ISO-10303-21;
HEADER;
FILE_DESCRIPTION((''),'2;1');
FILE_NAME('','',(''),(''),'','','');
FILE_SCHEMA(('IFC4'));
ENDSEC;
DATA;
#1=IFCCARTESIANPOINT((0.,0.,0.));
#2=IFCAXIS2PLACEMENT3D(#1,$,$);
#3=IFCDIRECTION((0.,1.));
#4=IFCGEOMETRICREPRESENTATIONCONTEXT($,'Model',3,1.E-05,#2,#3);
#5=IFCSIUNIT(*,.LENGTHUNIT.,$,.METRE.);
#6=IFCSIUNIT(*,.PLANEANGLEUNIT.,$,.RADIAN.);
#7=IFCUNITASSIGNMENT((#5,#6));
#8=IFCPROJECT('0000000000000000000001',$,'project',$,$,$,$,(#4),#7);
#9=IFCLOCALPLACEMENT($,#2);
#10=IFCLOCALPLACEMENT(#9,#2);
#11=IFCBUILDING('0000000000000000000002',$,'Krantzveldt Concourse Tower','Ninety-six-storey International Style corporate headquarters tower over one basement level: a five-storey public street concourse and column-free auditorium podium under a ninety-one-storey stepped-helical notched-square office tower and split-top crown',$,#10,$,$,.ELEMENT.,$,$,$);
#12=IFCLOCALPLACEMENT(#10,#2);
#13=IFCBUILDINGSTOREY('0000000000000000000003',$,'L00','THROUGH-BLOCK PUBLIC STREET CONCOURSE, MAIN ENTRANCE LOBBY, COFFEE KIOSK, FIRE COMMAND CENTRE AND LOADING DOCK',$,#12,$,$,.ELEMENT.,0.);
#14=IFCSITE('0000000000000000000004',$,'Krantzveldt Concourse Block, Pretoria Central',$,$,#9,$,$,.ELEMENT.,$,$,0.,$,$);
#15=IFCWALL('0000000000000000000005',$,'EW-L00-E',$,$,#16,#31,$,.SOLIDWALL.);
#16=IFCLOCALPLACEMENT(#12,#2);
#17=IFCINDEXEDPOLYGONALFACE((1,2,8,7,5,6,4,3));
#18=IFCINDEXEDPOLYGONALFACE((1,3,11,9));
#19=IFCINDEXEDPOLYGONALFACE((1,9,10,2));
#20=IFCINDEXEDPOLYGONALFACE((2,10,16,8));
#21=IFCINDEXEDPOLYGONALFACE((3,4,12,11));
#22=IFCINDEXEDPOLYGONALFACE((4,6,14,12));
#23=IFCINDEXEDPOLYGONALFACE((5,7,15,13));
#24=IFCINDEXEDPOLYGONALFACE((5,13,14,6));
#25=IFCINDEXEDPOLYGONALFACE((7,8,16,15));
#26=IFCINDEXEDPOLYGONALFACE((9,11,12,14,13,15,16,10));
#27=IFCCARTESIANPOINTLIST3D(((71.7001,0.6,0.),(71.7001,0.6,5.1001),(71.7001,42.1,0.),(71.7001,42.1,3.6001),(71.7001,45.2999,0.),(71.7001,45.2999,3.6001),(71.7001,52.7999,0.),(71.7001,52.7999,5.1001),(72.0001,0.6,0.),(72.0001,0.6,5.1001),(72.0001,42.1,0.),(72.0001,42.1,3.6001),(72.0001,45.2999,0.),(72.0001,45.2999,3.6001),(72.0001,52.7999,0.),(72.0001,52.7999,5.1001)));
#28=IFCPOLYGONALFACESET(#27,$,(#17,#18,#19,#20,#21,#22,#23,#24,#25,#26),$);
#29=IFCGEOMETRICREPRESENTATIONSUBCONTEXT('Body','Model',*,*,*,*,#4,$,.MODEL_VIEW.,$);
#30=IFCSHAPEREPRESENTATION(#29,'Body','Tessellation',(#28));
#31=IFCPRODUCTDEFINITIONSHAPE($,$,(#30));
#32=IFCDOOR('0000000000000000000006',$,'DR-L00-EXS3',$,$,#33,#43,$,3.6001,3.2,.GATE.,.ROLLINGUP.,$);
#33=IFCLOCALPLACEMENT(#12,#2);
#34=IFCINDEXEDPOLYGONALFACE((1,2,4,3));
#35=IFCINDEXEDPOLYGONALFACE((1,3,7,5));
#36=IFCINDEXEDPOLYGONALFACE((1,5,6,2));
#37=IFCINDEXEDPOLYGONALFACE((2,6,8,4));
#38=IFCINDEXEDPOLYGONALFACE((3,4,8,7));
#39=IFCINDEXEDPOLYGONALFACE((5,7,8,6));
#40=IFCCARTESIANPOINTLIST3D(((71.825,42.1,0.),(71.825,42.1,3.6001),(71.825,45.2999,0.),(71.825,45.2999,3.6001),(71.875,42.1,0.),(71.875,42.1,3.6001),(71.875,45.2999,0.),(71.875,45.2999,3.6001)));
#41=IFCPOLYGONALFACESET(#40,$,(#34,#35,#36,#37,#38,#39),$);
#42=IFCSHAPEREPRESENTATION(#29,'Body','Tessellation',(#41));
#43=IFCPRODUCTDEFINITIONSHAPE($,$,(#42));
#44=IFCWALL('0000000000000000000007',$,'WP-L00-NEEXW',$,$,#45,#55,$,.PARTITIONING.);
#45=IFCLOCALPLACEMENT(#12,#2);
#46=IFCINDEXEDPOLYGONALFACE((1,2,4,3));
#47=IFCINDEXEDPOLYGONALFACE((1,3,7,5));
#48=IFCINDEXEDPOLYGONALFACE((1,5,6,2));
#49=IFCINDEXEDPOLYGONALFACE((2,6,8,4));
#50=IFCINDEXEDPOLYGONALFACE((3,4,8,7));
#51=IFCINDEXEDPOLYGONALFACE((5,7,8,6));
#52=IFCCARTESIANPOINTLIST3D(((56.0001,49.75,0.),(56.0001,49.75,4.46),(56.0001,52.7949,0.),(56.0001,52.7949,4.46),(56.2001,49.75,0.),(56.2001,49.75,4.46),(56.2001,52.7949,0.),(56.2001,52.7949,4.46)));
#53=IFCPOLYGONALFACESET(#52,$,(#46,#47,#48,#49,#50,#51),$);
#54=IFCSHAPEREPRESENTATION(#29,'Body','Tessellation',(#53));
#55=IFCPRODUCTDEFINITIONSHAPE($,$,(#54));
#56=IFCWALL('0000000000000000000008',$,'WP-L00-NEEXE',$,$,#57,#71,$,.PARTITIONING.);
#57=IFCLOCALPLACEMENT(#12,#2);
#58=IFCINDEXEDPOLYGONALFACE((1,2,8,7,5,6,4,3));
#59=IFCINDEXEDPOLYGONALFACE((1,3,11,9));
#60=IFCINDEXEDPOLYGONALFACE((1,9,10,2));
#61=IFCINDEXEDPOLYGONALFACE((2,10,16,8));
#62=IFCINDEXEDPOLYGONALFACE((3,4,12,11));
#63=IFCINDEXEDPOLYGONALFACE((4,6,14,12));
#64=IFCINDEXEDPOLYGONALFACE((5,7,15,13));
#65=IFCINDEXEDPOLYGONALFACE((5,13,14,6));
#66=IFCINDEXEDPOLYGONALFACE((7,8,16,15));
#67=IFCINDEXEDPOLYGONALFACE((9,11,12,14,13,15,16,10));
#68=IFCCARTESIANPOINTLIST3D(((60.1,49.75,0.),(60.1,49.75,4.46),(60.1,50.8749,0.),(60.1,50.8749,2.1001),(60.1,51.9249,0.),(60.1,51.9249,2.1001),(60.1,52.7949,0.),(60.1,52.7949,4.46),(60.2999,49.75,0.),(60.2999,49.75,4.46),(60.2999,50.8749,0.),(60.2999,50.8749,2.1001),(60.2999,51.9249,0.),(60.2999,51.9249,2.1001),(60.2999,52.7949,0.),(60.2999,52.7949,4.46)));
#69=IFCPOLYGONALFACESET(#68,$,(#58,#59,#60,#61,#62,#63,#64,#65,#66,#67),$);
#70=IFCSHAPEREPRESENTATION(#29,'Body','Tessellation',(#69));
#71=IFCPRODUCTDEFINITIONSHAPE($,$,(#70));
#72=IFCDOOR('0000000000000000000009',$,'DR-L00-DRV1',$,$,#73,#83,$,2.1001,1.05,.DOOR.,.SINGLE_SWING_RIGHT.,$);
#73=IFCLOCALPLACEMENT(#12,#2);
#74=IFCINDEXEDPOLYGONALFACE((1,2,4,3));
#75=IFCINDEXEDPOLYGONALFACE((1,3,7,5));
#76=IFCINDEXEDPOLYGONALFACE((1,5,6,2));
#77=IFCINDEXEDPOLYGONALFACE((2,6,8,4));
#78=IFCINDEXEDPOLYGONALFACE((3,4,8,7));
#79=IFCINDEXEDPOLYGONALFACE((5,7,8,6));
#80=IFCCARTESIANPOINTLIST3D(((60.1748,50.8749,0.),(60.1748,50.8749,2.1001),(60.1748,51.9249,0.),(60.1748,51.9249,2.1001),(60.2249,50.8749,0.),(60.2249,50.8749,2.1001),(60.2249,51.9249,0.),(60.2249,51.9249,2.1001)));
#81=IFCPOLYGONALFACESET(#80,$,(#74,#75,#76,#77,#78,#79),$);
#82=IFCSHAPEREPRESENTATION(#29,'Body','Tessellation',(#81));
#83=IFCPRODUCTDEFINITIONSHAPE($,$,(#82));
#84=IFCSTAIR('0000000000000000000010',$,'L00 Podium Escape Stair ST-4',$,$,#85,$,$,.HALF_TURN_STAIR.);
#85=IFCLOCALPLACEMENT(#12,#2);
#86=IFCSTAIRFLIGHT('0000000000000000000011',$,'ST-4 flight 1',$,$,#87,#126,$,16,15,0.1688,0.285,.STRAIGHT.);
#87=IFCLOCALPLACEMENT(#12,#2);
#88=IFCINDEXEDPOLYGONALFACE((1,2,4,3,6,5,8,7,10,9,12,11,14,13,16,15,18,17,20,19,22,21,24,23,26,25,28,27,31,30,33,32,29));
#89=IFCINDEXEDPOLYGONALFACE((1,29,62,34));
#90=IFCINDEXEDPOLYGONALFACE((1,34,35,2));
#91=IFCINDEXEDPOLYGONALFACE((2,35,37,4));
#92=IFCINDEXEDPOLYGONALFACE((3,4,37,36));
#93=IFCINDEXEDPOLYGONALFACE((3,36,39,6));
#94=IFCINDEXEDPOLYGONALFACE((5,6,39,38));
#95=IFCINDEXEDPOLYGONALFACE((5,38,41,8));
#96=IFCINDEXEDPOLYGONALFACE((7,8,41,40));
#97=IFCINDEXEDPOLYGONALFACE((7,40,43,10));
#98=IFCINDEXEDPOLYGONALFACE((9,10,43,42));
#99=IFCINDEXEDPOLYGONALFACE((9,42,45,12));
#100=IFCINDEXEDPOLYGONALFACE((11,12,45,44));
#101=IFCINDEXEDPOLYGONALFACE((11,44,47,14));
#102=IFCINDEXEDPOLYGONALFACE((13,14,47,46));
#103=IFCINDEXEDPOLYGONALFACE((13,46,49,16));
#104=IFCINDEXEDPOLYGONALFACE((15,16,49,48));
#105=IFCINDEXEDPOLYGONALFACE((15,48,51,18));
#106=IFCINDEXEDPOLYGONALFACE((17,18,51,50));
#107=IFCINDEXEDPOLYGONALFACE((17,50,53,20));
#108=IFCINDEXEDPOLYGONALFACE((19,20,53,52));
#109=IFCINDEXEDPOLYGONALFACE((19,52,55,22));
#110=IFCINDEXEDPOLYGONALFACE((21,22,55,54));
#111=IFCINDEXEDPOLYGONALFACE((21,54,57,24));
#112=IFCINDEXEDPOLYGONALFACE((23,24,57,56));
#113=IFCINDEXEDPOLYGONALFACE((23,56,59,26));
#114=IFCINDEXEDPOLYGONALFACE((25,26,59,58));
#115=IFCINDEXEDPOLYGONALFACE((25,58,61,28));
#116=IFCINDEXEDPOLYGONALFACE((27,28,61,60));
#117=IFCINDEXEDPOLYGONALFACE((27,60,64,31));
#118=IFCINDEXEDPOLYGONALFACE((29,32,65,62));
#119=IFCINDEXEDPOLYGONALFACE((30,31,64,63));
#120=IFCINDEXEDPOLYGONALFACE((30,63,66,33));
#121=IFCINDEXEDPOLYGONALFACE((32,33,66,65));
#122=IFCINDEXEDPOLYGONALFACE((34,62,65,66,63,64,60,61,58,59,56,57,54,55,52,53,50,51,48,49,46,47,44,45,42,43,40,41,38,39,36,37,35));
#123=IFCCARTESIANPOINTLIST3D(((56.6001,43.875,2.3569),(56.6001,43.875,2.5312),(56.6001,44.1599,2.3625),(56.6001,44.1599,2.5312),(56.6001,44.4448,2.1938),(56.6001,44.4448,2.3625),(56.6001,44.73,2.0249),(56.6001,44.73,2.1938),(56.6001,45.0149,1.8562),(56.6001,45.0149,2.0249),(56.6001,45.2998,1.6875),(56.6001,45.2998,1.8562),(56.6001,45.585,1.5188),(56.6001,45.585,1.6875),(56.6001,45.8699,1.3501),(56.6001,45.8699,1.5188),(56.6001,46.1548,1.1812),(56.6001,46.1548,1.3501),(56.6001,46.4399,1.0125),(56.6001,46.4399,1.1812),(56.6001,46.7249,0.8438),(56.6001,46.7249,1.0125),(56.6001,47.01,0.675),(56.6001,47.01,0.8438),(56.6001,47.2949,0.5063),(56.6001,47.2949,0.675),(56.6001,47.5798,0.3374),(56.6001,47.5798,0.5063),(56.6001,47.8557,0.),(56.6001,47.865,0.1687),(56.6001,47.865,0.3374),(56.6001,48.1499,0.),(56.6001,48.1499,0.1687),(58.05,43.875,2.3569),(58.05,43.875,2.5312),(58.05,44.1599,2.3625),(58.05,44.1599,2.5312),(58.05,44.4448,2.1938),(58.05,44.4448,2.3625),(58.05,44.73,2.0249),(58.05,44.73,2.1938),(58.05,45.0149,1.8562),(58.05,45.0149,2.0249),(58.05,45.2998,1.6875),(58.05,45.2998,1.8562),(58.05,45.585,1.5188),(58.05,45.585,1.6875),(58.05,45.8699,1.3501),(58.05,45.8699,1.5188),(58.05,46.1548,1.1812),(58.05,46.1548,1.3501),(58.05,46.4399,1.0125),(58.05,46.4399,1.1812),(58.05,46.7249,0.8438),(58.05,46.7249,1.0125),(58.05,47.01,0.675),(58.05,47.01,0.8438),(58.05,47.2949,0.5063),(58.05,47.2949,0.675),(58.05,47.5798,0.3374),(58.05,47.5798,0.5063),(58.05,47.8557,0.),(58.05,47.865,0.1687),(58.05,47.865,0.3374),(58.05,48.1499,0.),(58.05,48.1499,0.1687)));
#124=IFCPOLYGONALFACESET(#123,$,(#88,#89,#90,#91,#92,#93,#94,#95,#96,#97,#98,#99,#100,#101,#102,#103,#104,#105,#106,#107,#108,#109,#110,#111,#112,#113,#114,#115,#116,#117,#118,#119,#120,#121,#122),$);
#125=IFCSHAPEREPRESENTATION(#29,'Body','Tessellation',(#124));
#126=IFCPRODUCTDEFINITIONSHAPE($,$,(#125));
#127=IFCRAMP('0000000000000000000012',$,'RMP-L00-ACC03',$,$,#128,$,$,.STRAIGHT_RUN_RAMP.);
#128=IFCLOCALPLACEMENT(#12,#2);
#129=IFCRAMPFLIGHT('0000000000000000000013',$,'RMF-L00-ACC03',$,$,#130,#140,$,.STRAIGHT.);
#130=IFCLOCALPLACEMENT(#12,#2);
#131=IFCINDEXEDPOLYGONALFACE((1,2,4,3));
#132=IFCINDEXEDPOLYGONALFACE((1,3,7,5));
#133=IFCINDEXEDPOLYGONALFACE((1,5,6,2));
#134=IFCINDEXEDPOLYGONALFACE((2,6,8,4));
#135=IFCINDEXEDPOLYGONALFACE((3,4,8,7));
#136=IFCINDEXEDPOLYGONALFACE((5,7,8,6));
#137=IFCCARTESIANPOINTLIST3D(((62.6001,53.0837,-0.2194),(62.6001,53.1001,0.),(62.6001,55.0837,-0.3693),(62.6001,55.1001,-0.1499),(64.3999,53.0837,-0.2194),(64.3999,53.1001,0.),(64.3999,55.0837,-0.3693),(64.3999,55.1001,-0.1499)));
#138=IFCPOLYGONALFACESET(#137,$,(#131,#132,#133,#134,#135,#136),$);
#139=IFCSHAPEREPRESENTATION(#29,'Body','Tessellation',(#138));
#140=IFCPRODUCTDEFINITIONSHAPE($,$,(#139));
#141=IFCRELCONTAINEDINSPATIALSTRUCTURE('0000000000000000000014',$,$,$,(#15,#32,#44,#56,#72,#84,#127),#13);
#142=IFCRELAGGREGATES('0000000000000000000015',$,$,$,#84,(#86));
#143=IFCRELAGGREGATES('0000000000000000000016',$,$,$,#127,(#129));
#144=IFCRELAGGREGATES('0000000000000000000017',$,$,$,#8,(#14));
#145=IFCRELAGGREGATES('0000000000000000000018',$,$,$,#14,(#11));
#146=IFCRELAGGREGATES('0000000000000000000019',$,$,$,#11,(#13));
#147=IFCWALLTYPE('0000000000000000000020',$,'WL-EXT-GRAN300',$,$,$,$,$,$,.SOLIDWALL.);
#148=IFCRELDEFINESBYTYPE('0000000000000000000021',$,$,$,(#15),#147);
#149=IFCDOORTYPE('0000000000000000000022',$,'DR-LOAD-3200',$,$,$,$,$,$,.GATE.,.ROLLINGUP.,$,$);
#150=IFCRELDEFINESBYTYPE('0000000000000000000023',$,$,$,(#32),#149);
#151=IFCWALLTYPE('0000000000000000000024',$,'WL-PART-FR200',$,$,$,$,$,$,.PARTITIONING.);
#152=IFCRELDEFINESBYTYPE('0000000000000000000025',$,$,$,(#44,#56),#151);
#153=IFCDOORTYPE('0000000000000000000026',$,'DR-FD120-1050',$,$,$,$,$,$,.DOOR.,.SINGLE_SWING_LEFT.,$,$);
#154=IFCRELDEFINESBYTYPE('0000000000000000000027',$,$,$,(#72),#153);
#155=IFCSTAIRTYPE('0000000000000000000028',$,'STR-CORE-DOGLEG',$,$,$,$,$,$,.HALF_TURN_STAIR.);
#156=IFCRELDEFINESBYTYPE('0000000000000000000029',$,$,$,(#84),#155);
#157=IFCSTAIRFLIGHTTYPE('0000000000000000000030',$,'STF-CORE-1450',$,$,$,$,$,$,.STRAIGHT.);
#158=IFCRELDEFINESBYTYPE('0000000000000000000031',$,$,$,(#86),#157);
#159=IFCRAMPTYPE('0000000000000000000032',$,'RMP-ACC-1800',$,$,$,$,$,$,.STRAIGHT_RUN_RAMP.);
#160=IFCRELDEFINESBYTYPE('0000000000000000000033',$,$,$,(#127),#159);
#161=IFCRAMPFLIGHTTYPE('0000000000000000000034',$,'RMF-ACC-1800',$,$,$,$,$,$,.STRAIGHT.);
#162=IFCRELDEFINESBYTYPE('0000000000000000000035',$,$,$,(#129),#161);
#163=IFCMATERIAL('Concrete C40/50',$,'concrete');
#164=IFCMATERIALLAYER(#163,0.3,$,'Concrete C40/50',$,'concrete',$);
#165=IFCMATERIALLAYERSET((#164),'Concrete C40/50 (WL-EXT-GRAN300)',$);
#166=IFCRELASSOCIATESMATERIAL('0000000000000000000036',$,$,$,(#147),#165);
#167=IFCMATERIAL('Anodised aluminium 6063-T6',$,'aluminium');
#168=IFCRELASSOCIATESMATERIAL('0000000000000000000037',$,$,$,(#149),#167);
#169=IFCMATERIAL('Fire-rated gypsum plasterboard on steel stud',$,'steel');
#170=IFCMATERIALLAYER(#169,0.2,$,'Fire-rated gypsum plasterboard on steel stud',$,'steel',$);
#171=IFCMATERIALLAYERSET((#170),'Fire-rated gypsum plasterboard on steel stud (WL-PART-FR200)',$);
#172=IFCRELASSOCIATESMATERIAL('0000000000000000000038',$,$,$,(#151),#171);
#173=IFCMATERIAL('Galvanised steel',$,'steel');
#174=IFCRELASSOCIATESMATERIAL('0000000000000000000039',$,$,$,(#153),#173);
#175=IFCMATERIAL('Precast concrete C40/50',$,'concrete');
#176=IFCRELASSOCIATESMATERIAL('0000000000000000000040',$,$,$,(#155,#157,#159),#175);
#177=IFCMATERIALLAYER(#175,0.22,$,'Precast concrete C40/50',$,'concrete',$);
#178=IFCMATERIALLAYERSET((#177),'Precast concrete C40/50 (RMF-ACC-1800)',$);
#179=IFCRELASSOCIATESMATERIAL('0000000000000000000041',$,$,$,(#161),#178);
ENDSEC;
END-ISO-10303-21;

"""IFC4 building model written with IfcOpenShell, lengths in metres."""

from ifc_helpers import new_model, si_unit, direction, frame, frame_2d, origin, place, context, subcontext, project, spatial, polyline, rectangle, outline, extrude, material, layer, layer_set, type_object, element, fill, aggregate, save


model = new_model("IFC4")

# Units and contexts
model_context = context("Model", 3, precision=1e-05, world=origin(), true_north=direction((0.0, 1.0)))
body_context = subcontext(model_context, "Body", "Model", "MODEL_VIEW")
ifc_project = project(units=[si_unit("LENGTHUNIT", "METRE"), si_unit("PLANEANGLEUNIT", "RADIAN")], contexts=[model_context])

# Site, building, storey
site_placement = place(None, origin())
site = spatial("IfcSite", under=ifc_project, at=site_placement, Name="Krantzveldt Concourse Block, Pretoria Central", CompositionType="ELEMENT", RefElevation=0.0)
building_placement = place(site_placement, origin())
building = spatial("IfcBuilding", under=site, at=building_placement, Name="Krantzveldt Concourse Tower", Description="Ninety-six-storey International Style corporate headquarters tower over one basement level: a five-storey public street concourse and column-free auditorium podium under a ninety-one-storey stepped-helical notched-square office tower and split-top crown", CompositionType="ELEMENT")
storey_placement = place(building_placement, origin())
storey = spatial("IfcBuildingStorey", under=building, at=storey_placement, Name="L00", Description="THROUGH-BLOCK PUBLIC STREET CONCOURSE, MAIN ENTRANCE LOBBY, COFFEE KIOSK, FIRE COMMAND CENTRE AND LOADING DOCK", CompositionType="ELEMENT", Elevation=0.0)

# Shared definitions
ifc_material_1 = material(Name="Concrete C40/50", Category="concrete")

# Shared definitions
ifc_material_2 = material(Name="Anodised aluminium 6063-T6", Category="aluminium")

# Wall, opening, door
ifc_layer_1 = layer(ifc_material_1, 0.3, Name="Concrete C40/50", Category="concrete")
ifc_layer_set_1 = layer_set([ifc_layer_1], Name="Concrete C40/50 (WL-EXT-GRAN300)")
wall_type_1 = type_object("IfcWallType", Name="WL-EXT-GRAN300", PredefinedType="SOLIDWALL", material=ifc_layer_set_1)
wall_1_placement = place(storey_placement, frame((71.8501, 52.8, 0.0), z_axis=(0.0, 0.0, 1.0), x_axis=(0.0, -1.0, 0.0)))
wall_1 = element("IfcWall", 1, at=wall_1_placement, inside=storey, type_object=wall_type_1, Name="EW-L00-E", PredefinedType="SOLIDWALL", context=body_context, shape_type="SweptSolid", body=[
    extrude(rectangle(XDim=52.2, YDim=0.3, at=frame_2d((26.1001, 0.0))), origin(), (0.0, 0.0, 1.0), 5.1001),
])
opening_1_placement = place(wall_1_placement, frame((7.5, 0.0, 0.0)))
opening_1 = element("IfcOpeningElement", 2, at=opening_1_placement, cuts=wall_1, PredefinedType="OPENING", context=body_context, shape_type="SweptSolid", body=[
    extrude(rectangle(XDim=3.2, YDim=3.6001, at=frame_2d((1.6001, 1.8))), frame((0.0, 0.1602, 0.0), z_axis=(0.0, -1.0, 0.0), x_axis=(1.0, 0.0, 0.0)), (0.0, 0.0, 1.0), 0.3201),
])
door_type_1 = type_object("IfcDoorType", Name="DR-LOAD-3200", OperationType="ROLLINGUP", PredefinedType="GATE", material=ifc_material_2)
door_1_placement = place(opening_1_placement, origin())
door_1 = element("IfcDoor", 3, at=door_1_placement, inside=storey, type_object=door_type_1, Name="DR-L00-EXS3", OperationType="ROLLINGUP", OverallHeight=3.6001, OverallWidth=3.2, PredefinedType="GATE", context=body_context, shape_type="SweptSolid", body=[
    extrude(rectangle(XDim=3.2, YDim=3.6001, at=frame_2d((1.6001, 1.8))), frame((0.0, 0.0249, 0.0), z_axis=(0.0, -1.0, 0.0), x_axis=(1.0, 0.0, 0.0)), (0.0, 0.0, 1.0), 0.05),
])
fill(opening_1, door_1)

# Wall
ifc_material_3 = material(Name="Fire-rated gypsum plasterboard on steel stud", Category="steel")
ifc_layer_2 = layer(ifc_material_3, 0.2, Name="Fire-rated gypsum plasterboard on steel stud", Category="steel")
ifc_layer_set_2 = layer_set([ifc_layer_2], Name="Fire-rated gypsum plasterboard on steel stud (WL-PART-FR200)")
wall_type_2 = type_object("IfcWallType", Name="WL-PART-FR200", PredefinedType="PARTITIONING", material=ifc_layer_set_2)
wall_2_placement = place(storey_placement, frame((56.1001, 49.75, 0.0), z_axis=(0.0, 0.0, 1.0), x_axis=(0.0, 1.0, 0.0)))
element("IfcWall", 4, at=wall_2_placement, inside=storey, type_object=wall_type_2, Name="WP-L00-NEEXW", PredefinedType="PARTITIONING", context=body_context, shape_type="SweptSolid", body=[
    extrude(rectangle(XDim=3.0449, YDim=0.2, at=frame_2d((1.5225, 0.0))), origin(), (0.0, 0.0, 1.0), 4.46),
])

# Wall, opening, door
wall_3_placement = place(storey_placement, frame((60.2, 52.7949, 0.0), z_axis=(0.0, 0.0, 1.0), x_axis=(0.0, -1.0, 0.0)))
wall_3 = element("IfcWall", 5, at=wall_3_placement, inside=storey, type_object=wall_type_2, Name="WP-L00-NEEXE", PredefinedType="PARTITIONING", context=body_context, shape_type="SweptSolid", body=[
    extrude(rectangle(XDim=3.0449, YDim=0.2, at=frame_2d((1.5225, 0.0))), origin(), (0.0, 0.0, 1.0), 4.46),
])
opening_2_placement = place(wall_3_placement, frame((0.8701, 0.0, 0.0)))
opening_2 = element("IfcOpeningElement", 6, at=opening_2_placement, cuts=wall_3, PredefinedType="OPENING", context=body_context, shape_type="SweptSolid", body=[
    extrude(rectangle(XDim=1.05, YDim=2.1001, at=frame_2d((0.5249, 1.05))), frame((0.0, 0.1099, 0.0), z_axis=(0.0, -1.0, 0.0), x_axis=(1.0, 0.0, 0.0)), (0.0, 0.0, 1.0), 0.22),
])
ifc_material_4 = material(Name="Galvanised steel", Category="steel")
door_type_2 = type_object("IfcDoorType", Name="DR-FD120-1050", OperationType="SINGLE_SWING_LEFT", PredefinedType="DOOR", material=ifc_material_4)
door_2_placement = place(opening_2_placement, origin())
door_2 = element("IfcDoor", 7, at=door_2_placement, inside=storey, type_object=door_type_2, Name="DR-L00-DRV1", OperationType="SINGLE_SWING_RIGHT", OverallHeight=2.1001, OverallWidth=1.05, PredefinedType="DOOR", context=body_context, shape_type="SweptSolid", body=[
    extrude(rectangle(XDim=1.05, YDim=2.1001, at=frame_2d((0.5249, 1.05))), frame((0.0, 0.0249, 0.0), z_axis=(0.0, -1.0, 0.0), x_axis=(1.0, 0.0, 0.0)), (0.0, 0.0, 1.0), 0.05),
])
fill(opening_2, door_2)

# Stair, stair flight
ifc_material_5 = material(Name="Precast concrete C40/50", Category="concrete")
stair_type = type_object("IfcStairType", Name="STR-CORE-DOGLEG", PredefinedType="HALF_TURN_STAIR", material=ifc_material_5)
stair_placement = place(storey_placement, origin())
stair = element("IfcStair", 8, at=stair_placement, inside=storey, type_object=stair_type, Name="L00 Podium Escape Stair ST-4", PredefinedType="HALF_TURN_STAIR")
stair_flight_type = type_object("IfcStairFlightType", Name="STF-CORE-1450", PredefinedType="STRAIGHT", material=ifc_material_5)
stair_flight_placement = place(storey_placement, frame((57.325, 48.1499, 0.0), z_axis=(0.0, 0.0, 1.0), x_axis=(0.0, -1.0, 0.0)))
stair_flight = element("IfcStairFlight", 9, at=stair_flight_placement, type_object=stair_flight_type, Name="ST-4 flight 1", NumberOfRisers=16, NumberOfTreads=15, PredefinedType="STRAIGHT", RiserHeight=0.1688, TreadLength=0.285, context=body_context, shape_type="SweptSolid", body=[
    extrude(outline(polyline([(0.0, 0.0), (0.0, 0.1687), (0.2849, 0.1687), (0.2849, 0.3374), (0.5701, 0.3374), (0.5701, 0.5063), (0.855, 0.5063), (0.855, 0.675), (1.1399, 0.675), (1.1399, 0.8438), (1.425, 0.8438), (1.425, 1.0125), (1.71, 1.0125), (1.71, 1.1812), (1.9951, 1.1812), (1.9951, 1.3501), (2.28, 1.3501), (2.28, 1.5188), (2.5649, 1.5188), (2.5649, 1.6875), (2.8501, 1.6875), (2.8501, 1.8562), (3.135, 1.8562), (3.135, 2.0249), (3.4199, 2.0249), (3.4199, 2.1938), (3.7051, 2.1938), (3.7051, 2.3625), (3.99, 2.3625), (3.99, 2.5312), (4.2749, 2.5312), (4.2749, 2.7), (4.2749, 2.3569), (0.2942, 0.0), (0.0, 0.0)])), frame((0.0, 0.7251, 0.0), z_axis=(0.0, -1.0, 0.0), x_axis=(1.0, 0.0, 0.0)), (0.0, 0.0, 1.0), 1.45),
])
aggregate(stair, [stair_flight])

# Ramp, ramp flight
ramp_type = type_object("IfcRampType", Name="RMP-ACC-1800", PredefinedType="STRAIGHT_RUN_RAMP", material=ifc_material_5)
ramp_placement = place(storey_placement, origin())
ramp = element("IfcRamp", 10, at=ramp_placement, inside=storey, type_object=ramp_type, Name="RMP-L00-ACC03", PredefinedType="STRAIGHT_RUN_RAMP")
ifc_layer_3 = layer(ifc_material_5, 0.22, Name="Precast concrete C40/50", Category="concrete")
ifc_layer_set_3 = layer_set([ifc_layer_3], Name="Precast concrete C40/50 (RMF-ACC-1800)")
ramp_flight_type = type_object("IfcRampFlightType", Name="RMF-ACC-1800", PredefinedType="STRAIGHT", material=ifc_layer_set_3)
ramp_flight_placement = place(storey_placement, frame((62.6001, 53.1001, 0.0), z_axis=(0.0, 0.074742, 0.997203), x_axis=(1.0, 0.0, 0.0)))
ramp_flight = element("IfcRampFlight", 11, at=ramp_flight_placement, type_object=ramp_flight_type, Name="RMF-L00-ACC03", PredefinedType="STRAIGHT", context=body_context, shape_type="SweptSolid", body=[
    extrude(outline(polyline([(0.0, 0.0), (1.7998, 0.0), (1.7998, 2.0056), (0.0, 2.0056), (0.0, 0.0)])), origin(), (0.0, 0.0, -1.0), 0.22),
])
aggregate(ramp, [ramp_flight])

save(model, "model.ifc")
